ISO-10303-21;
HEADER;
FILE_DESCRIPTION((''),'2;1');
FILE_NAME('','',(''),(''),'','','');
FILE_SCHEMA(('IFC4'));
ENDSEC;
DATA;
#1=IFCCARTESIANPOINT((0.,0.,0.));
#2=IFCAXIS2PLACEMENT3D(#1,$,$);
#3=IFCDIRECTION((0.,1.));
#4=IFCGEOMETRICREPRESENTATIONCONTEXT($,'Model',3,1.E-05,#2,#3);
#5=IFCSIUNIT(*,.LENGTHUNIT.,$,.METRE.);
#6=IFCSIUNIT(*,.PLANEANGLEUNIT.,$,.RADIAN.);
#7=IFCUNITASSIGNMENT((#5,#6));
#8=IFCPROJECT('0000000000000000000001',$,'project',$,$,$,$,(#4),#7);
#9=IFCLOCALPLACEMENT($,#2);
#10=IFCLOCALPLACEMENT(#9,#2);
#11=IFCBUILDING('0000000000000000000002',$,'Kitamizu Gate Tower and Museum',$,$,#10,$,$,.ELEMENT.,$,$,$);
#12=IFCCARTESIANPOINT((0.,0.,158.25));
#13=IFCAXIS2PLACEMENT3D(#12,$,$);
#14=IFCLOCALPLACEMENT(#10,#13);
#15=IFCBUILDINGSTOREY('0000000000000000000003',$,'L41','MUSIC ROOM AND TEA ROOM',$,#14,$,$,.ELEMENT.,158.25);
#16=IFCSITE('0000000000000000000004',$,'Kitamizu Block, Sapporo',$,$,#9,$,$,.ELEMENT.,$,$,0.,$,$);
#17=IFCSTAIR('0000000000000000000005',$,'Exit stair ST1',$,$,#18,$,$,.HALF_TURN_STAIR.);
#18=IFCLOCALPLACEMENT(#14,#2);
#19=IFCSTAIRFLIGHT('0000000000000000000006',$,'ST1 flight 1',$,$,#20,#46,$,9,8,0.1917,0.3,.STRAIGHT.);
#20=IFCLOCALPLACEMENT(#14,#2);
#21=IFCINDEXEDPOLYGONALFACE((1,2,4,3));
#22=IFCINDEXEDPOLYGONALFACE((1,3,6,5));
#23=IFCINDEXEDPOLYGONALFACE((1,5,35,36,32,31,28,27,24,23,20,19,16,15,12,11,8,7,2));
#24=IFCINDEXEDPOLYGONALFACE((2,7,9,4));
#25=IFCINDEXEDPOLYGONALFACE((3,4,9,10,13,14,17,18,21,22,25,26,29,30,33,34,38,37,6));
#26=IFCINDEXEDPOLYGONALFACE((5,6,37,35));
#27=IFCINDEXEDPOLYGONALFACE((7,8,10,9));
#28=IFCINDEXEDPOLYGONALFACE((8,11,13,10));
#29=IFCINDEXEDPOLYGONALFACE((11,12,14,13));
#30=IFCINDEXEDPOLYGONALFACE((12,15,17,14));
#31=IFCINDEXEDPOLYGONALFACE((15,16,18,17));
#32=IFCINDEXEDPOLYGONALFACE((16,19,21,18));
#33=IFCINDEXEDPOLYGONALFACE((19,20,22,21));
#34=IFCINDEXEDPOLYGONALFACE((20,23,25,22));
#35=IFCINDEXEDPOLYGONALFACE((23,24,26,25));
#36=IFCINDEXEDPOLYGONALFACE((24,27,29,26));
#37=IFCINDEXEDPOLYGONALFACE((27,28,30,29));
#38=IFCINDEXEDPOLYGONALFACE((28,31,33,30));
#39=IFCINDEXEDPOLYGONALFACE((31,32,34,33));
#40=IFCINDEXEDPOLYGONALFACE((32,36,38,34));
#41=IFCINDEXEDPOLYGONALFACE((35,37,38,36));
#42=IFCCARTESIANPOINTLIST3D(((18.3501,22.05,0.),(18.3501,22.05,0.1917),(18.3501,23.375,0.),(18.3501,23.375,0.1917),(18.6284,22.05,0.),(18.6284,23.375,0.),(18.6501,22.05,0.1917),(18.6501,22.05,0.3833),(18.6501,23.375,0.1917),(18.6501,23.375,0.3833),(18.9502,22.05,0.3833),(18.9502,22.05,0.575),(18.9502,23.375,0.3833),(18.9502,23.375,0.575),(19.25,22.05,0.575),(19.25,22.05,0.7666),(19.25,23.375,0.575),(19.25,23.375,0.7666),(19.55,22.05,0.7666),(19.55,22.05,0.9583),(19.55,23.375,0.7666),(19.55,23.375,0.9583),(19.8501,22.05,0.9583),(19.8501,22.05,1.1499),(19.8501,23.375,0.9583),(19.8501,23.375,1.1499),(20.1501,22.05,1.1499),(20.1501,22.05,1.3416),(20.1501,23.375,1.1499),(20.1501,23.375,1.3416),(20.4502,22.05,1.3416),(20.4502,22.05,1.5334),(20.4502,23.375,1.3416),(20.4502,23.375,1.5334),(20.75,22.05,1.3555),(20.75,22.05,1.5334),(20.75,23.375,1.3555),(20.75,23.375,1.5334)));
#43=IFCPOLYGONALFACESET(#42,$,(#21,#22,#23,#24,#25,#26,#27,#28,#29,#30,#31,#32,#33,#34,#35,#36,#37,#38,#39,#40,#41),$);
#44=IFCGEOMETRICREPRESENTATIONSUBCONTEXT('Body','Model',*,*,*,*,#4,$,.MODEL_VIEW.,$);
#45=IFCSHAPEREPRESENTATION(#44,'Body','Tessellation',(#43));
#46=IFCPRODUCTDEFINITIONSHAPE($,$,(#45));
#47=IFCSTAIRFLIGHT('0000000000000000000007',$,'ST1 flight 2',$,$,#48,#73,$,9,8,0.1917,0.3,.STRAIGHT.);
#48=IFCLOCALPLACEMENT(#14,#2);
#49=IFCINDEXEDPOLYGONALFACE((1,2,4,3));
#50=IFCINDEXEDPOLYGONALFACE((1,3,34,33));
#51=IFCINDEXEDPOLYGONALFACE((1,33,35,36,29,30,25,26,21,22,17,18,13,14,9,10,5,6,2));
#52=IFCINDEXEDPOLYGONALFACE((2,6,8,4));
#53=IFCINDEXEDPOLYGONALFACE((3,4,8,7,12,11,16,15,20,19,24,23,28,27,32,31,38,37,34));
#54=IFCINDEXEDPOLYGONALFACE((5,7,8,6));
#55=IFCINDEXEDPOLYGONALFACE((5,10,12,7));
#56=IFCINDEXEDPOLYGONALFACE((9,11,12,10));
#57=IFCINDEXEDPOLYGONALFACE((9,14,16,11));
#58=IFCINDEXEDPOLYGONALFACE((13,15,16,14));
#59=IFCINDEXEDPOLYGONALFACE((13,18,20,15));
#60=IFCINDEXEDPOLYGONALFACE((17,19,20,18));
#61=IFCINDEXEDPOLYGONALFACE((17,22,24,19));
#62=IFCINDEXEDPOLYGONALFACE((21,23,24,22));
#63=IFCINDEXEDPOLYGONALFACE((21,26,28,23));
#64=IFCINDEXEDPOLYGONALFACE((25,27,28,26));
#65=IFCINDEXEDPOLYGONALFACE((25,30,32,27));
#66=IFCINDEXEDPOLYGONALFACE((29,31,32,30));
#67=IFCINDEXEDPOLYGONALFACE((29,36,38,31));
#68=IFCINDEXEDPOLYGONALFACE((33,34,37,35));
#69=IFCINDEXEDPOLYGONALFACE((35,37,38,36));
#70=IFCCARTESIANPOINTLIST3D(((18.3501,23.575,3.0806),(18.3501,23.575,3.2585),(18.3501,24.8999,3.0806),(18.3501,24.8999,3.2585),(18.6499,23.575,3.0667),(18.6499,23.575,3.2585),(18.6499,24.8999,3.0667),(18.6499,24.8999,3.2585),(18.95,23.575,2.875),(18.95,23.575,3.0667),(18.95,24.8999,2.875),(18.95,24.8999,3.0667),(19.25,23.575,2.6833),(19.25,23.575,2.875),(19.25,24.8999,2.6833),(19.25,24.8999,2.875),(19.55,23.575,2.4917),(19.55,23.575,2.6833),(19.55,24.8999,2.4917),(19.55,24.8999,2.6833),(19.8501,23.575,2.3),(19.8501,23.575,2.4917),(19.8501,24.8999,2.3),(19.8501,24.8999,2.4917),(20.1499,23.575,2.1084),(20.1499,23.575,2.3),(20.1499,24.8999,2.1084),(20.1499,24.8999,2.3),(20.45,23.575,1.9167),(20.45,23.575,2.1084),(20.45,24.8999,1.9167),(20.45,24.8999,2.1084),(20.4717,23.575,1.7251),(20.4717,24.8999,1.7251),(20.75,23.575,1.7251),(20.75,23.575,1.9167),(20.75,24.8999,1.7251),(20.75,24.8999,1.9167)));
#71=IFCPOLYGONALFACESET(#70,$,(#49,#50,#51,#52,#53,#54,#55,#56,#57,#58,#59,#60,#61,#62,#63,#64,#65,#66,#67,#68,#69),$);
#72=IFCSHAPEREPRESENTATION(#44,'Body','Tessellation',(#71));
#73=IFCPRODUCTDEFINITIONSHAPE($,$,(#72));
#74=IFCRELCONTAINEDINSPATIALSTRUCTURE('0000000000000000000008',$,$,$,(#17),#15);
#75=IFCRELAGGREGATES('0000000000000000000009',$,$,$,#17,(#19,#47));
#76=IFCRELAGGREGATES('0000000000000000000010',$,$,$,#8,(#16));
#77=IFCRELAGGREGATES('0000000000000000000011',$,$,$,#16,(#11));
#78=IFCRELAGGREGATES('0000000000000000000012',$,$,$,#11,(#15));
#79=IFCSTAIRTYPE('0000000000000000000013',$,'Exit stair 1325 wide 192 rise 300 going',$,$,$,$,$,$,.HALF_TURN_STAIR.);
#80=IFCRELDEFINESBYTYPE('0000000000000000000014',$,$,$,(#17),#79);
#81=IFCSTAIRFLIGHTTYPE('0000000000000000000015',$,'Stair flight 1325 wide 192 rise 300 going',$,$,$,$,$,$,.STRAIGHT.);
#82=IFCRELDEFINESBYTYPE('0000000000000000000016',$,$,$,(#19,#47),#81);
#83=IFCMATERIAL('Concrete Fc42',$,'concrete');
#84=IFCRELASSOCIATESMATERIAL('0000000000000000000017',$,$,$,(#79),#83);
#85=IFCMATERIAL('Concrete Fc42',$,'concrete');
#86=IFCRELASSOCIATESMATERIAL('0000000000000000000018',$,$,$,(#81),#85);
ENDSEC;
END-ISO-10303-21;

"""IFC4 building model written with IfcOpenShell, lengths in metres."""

from ifc_helpers import new_model, si_unit, direction, frame, origin, place, context, subcontext, project, spatial, polyline, outline, extrude, material, type_object, element, aggregate, save


model = new_model("IFC4")

# Units and contexts
model_context = context("Model", 3, precision=1e-05, world=origin(), true_north=direction((0.0, 1.0)))
body_context = subcontext(model_context, "Body", "Model", "MODEL_VIEW")
ifc_project = project(units=[si_unit("LENGTHUNIT", "METRE"), si_unit("PLANEANGLEUNIT", "RADIAN")], contexts=[model_context])

# Site, building, storey
site_placement = place(None, origin())
site = spatial("IfcSite", under=ifc_project, at=site_placement, Name="Kitamizu Block, Sapporo", CompositionType="ELEMENT", RefElevation=0.0)
building_placement = place(site_placement, origin())
building = spatial("IfcBuilding", under=site, at=building_placement, Name="Kitamizu Gate Tower and Museum", CompositionType="ELEMENT")
storey_placement = place(building_placement, frame((0.0, 0.0, 158.25)))
storey = spatial("IfcBuildingStorey", under=building, at=storey_placement, Name="L41", Description="MUSIC ROOM AND TEA ROOM", CompositionType="ELEMENT", Elevation=158.25)

# Stair, stair flights
ifc_material_1 = material(Name="Concrete Fc42", Category="concrete")
stair_type = type_object("IfcStairType", Name="Exit stair 1325 wide 192 rise 300 going", PredefinedType="HALF_TURN_STAIR", material=ifc_material_1)
stair_placement = place(storey_placement, origin())
stair = element("IfcStair", 1, at=stair_placement, inside=storey, type_object=stair_type, Name="Exit stair ST1", PredefinedType="HALF_TURN_STAIR")
ifc_material_2 = material(Name="Concrete Fc42", Category="concrete")
stair_flight_type = type_object("IfcStairFlightType", Name="Stair flight 1325 wide 192 rise 300 going", PredefinedType="STRAIGHT", material=ifc_material_2)
stair_flight_1_placement = place(storey_placement, frame((18.3501, 22.7124, 0.0), z_axis=(0.0, 0.0, 1.0), x_axis=(1.0, 0.0, 0.0)))
stair_flight_1 = element("IfcStairFlight", 2, at=stair_flight_1_placement, type_object=stair_flight_type, Name="ST1 flight 1", NumberOfRisers=9, NumberOfTreads=8, PredefinedType="STRAIGHT", RiserHeight=0.1917, TreadLength=0.3, context=body_context, shape_type="SweptSolid", body=[
    extrude(outline(polyline([(0.0, 0.0), (0.0, 0.1917), (0.3, 0.1917), (0.3, 0.3833), (0.6001, 0.3833), (0.6001, 0.575), (0.8999, 0.575), (0.8999, 0.7666), (1.2, 0.7666), (1.2, 0.9583), (1.5, 0.9583), (1.5, 1.1499), (1.8, 1.1499), (1.8, 1.3416), (2.1001, 1.3416), (2.1001, 1.5334), (2.3999, 1.5334), (2.3999, 1.7251), (2.3999, 1.3555), (0.2783, 0.0), (0.0, 0.0)])), frame((0.0, 0.6626, 0.0), z_axis=(0.0, -1.0, 0.0), x_axis=(1.0, 0.0, 0.0)), (0.0, 0.0, 1.0), 1.325),
])
stair_flight_2_placement = place(storey_placement, frame((20.75, 24.2375, 1.7251), z_axis=(0.0, 0.0, 1.0), x_axis=(-1.0, 0.0, 0.0)))
stair_flight_2 = element("IfcStairFlight", 3, at=stair_flight_2_placement, type_object=stair_flight_type, Name="ST1 flight 2", NumberOfRisers=9, NumberOfTreads=8, PredefinedType="STRAIGHT", RiserHeight=0.1917, TreadLength=0.3, context=body_context, shape_type="SweptSolid", body=[
    extrude(outline(polyline([(0.0, 0.0), (0.0, 0.1917), (0.3, 0.1917), (0.3, 0.3833), (0.6001, 0.3833), (0.6001, 0.575), (0.8999, 0.575), (0.8999, 0.7666), (1.2, 0.7666), (1.2, 0.9583), (1.5, 0.9583), (1.5, 1.1499), (1.8, 1.1499), (1.8, 1.3416), (2.1001, 1.3416), (2.1001, 1.5334), (2.3999, 1.5334), (2.3999, 1.7251), (2.3999, 1.3555), (0.2783, 0.0), (0.0, 0.0)])), frame((0.0, 0.6626, 0.0), z_axis=(0.0, -1.0, 0.0), x_axis=(1.0, 0.0, 0.0)), (0.0, 0.0, 1.0), 1.325),
])
aggregate(stair, [stair_flight_1, stair_flight_2])

save(model, "model.ifc")
